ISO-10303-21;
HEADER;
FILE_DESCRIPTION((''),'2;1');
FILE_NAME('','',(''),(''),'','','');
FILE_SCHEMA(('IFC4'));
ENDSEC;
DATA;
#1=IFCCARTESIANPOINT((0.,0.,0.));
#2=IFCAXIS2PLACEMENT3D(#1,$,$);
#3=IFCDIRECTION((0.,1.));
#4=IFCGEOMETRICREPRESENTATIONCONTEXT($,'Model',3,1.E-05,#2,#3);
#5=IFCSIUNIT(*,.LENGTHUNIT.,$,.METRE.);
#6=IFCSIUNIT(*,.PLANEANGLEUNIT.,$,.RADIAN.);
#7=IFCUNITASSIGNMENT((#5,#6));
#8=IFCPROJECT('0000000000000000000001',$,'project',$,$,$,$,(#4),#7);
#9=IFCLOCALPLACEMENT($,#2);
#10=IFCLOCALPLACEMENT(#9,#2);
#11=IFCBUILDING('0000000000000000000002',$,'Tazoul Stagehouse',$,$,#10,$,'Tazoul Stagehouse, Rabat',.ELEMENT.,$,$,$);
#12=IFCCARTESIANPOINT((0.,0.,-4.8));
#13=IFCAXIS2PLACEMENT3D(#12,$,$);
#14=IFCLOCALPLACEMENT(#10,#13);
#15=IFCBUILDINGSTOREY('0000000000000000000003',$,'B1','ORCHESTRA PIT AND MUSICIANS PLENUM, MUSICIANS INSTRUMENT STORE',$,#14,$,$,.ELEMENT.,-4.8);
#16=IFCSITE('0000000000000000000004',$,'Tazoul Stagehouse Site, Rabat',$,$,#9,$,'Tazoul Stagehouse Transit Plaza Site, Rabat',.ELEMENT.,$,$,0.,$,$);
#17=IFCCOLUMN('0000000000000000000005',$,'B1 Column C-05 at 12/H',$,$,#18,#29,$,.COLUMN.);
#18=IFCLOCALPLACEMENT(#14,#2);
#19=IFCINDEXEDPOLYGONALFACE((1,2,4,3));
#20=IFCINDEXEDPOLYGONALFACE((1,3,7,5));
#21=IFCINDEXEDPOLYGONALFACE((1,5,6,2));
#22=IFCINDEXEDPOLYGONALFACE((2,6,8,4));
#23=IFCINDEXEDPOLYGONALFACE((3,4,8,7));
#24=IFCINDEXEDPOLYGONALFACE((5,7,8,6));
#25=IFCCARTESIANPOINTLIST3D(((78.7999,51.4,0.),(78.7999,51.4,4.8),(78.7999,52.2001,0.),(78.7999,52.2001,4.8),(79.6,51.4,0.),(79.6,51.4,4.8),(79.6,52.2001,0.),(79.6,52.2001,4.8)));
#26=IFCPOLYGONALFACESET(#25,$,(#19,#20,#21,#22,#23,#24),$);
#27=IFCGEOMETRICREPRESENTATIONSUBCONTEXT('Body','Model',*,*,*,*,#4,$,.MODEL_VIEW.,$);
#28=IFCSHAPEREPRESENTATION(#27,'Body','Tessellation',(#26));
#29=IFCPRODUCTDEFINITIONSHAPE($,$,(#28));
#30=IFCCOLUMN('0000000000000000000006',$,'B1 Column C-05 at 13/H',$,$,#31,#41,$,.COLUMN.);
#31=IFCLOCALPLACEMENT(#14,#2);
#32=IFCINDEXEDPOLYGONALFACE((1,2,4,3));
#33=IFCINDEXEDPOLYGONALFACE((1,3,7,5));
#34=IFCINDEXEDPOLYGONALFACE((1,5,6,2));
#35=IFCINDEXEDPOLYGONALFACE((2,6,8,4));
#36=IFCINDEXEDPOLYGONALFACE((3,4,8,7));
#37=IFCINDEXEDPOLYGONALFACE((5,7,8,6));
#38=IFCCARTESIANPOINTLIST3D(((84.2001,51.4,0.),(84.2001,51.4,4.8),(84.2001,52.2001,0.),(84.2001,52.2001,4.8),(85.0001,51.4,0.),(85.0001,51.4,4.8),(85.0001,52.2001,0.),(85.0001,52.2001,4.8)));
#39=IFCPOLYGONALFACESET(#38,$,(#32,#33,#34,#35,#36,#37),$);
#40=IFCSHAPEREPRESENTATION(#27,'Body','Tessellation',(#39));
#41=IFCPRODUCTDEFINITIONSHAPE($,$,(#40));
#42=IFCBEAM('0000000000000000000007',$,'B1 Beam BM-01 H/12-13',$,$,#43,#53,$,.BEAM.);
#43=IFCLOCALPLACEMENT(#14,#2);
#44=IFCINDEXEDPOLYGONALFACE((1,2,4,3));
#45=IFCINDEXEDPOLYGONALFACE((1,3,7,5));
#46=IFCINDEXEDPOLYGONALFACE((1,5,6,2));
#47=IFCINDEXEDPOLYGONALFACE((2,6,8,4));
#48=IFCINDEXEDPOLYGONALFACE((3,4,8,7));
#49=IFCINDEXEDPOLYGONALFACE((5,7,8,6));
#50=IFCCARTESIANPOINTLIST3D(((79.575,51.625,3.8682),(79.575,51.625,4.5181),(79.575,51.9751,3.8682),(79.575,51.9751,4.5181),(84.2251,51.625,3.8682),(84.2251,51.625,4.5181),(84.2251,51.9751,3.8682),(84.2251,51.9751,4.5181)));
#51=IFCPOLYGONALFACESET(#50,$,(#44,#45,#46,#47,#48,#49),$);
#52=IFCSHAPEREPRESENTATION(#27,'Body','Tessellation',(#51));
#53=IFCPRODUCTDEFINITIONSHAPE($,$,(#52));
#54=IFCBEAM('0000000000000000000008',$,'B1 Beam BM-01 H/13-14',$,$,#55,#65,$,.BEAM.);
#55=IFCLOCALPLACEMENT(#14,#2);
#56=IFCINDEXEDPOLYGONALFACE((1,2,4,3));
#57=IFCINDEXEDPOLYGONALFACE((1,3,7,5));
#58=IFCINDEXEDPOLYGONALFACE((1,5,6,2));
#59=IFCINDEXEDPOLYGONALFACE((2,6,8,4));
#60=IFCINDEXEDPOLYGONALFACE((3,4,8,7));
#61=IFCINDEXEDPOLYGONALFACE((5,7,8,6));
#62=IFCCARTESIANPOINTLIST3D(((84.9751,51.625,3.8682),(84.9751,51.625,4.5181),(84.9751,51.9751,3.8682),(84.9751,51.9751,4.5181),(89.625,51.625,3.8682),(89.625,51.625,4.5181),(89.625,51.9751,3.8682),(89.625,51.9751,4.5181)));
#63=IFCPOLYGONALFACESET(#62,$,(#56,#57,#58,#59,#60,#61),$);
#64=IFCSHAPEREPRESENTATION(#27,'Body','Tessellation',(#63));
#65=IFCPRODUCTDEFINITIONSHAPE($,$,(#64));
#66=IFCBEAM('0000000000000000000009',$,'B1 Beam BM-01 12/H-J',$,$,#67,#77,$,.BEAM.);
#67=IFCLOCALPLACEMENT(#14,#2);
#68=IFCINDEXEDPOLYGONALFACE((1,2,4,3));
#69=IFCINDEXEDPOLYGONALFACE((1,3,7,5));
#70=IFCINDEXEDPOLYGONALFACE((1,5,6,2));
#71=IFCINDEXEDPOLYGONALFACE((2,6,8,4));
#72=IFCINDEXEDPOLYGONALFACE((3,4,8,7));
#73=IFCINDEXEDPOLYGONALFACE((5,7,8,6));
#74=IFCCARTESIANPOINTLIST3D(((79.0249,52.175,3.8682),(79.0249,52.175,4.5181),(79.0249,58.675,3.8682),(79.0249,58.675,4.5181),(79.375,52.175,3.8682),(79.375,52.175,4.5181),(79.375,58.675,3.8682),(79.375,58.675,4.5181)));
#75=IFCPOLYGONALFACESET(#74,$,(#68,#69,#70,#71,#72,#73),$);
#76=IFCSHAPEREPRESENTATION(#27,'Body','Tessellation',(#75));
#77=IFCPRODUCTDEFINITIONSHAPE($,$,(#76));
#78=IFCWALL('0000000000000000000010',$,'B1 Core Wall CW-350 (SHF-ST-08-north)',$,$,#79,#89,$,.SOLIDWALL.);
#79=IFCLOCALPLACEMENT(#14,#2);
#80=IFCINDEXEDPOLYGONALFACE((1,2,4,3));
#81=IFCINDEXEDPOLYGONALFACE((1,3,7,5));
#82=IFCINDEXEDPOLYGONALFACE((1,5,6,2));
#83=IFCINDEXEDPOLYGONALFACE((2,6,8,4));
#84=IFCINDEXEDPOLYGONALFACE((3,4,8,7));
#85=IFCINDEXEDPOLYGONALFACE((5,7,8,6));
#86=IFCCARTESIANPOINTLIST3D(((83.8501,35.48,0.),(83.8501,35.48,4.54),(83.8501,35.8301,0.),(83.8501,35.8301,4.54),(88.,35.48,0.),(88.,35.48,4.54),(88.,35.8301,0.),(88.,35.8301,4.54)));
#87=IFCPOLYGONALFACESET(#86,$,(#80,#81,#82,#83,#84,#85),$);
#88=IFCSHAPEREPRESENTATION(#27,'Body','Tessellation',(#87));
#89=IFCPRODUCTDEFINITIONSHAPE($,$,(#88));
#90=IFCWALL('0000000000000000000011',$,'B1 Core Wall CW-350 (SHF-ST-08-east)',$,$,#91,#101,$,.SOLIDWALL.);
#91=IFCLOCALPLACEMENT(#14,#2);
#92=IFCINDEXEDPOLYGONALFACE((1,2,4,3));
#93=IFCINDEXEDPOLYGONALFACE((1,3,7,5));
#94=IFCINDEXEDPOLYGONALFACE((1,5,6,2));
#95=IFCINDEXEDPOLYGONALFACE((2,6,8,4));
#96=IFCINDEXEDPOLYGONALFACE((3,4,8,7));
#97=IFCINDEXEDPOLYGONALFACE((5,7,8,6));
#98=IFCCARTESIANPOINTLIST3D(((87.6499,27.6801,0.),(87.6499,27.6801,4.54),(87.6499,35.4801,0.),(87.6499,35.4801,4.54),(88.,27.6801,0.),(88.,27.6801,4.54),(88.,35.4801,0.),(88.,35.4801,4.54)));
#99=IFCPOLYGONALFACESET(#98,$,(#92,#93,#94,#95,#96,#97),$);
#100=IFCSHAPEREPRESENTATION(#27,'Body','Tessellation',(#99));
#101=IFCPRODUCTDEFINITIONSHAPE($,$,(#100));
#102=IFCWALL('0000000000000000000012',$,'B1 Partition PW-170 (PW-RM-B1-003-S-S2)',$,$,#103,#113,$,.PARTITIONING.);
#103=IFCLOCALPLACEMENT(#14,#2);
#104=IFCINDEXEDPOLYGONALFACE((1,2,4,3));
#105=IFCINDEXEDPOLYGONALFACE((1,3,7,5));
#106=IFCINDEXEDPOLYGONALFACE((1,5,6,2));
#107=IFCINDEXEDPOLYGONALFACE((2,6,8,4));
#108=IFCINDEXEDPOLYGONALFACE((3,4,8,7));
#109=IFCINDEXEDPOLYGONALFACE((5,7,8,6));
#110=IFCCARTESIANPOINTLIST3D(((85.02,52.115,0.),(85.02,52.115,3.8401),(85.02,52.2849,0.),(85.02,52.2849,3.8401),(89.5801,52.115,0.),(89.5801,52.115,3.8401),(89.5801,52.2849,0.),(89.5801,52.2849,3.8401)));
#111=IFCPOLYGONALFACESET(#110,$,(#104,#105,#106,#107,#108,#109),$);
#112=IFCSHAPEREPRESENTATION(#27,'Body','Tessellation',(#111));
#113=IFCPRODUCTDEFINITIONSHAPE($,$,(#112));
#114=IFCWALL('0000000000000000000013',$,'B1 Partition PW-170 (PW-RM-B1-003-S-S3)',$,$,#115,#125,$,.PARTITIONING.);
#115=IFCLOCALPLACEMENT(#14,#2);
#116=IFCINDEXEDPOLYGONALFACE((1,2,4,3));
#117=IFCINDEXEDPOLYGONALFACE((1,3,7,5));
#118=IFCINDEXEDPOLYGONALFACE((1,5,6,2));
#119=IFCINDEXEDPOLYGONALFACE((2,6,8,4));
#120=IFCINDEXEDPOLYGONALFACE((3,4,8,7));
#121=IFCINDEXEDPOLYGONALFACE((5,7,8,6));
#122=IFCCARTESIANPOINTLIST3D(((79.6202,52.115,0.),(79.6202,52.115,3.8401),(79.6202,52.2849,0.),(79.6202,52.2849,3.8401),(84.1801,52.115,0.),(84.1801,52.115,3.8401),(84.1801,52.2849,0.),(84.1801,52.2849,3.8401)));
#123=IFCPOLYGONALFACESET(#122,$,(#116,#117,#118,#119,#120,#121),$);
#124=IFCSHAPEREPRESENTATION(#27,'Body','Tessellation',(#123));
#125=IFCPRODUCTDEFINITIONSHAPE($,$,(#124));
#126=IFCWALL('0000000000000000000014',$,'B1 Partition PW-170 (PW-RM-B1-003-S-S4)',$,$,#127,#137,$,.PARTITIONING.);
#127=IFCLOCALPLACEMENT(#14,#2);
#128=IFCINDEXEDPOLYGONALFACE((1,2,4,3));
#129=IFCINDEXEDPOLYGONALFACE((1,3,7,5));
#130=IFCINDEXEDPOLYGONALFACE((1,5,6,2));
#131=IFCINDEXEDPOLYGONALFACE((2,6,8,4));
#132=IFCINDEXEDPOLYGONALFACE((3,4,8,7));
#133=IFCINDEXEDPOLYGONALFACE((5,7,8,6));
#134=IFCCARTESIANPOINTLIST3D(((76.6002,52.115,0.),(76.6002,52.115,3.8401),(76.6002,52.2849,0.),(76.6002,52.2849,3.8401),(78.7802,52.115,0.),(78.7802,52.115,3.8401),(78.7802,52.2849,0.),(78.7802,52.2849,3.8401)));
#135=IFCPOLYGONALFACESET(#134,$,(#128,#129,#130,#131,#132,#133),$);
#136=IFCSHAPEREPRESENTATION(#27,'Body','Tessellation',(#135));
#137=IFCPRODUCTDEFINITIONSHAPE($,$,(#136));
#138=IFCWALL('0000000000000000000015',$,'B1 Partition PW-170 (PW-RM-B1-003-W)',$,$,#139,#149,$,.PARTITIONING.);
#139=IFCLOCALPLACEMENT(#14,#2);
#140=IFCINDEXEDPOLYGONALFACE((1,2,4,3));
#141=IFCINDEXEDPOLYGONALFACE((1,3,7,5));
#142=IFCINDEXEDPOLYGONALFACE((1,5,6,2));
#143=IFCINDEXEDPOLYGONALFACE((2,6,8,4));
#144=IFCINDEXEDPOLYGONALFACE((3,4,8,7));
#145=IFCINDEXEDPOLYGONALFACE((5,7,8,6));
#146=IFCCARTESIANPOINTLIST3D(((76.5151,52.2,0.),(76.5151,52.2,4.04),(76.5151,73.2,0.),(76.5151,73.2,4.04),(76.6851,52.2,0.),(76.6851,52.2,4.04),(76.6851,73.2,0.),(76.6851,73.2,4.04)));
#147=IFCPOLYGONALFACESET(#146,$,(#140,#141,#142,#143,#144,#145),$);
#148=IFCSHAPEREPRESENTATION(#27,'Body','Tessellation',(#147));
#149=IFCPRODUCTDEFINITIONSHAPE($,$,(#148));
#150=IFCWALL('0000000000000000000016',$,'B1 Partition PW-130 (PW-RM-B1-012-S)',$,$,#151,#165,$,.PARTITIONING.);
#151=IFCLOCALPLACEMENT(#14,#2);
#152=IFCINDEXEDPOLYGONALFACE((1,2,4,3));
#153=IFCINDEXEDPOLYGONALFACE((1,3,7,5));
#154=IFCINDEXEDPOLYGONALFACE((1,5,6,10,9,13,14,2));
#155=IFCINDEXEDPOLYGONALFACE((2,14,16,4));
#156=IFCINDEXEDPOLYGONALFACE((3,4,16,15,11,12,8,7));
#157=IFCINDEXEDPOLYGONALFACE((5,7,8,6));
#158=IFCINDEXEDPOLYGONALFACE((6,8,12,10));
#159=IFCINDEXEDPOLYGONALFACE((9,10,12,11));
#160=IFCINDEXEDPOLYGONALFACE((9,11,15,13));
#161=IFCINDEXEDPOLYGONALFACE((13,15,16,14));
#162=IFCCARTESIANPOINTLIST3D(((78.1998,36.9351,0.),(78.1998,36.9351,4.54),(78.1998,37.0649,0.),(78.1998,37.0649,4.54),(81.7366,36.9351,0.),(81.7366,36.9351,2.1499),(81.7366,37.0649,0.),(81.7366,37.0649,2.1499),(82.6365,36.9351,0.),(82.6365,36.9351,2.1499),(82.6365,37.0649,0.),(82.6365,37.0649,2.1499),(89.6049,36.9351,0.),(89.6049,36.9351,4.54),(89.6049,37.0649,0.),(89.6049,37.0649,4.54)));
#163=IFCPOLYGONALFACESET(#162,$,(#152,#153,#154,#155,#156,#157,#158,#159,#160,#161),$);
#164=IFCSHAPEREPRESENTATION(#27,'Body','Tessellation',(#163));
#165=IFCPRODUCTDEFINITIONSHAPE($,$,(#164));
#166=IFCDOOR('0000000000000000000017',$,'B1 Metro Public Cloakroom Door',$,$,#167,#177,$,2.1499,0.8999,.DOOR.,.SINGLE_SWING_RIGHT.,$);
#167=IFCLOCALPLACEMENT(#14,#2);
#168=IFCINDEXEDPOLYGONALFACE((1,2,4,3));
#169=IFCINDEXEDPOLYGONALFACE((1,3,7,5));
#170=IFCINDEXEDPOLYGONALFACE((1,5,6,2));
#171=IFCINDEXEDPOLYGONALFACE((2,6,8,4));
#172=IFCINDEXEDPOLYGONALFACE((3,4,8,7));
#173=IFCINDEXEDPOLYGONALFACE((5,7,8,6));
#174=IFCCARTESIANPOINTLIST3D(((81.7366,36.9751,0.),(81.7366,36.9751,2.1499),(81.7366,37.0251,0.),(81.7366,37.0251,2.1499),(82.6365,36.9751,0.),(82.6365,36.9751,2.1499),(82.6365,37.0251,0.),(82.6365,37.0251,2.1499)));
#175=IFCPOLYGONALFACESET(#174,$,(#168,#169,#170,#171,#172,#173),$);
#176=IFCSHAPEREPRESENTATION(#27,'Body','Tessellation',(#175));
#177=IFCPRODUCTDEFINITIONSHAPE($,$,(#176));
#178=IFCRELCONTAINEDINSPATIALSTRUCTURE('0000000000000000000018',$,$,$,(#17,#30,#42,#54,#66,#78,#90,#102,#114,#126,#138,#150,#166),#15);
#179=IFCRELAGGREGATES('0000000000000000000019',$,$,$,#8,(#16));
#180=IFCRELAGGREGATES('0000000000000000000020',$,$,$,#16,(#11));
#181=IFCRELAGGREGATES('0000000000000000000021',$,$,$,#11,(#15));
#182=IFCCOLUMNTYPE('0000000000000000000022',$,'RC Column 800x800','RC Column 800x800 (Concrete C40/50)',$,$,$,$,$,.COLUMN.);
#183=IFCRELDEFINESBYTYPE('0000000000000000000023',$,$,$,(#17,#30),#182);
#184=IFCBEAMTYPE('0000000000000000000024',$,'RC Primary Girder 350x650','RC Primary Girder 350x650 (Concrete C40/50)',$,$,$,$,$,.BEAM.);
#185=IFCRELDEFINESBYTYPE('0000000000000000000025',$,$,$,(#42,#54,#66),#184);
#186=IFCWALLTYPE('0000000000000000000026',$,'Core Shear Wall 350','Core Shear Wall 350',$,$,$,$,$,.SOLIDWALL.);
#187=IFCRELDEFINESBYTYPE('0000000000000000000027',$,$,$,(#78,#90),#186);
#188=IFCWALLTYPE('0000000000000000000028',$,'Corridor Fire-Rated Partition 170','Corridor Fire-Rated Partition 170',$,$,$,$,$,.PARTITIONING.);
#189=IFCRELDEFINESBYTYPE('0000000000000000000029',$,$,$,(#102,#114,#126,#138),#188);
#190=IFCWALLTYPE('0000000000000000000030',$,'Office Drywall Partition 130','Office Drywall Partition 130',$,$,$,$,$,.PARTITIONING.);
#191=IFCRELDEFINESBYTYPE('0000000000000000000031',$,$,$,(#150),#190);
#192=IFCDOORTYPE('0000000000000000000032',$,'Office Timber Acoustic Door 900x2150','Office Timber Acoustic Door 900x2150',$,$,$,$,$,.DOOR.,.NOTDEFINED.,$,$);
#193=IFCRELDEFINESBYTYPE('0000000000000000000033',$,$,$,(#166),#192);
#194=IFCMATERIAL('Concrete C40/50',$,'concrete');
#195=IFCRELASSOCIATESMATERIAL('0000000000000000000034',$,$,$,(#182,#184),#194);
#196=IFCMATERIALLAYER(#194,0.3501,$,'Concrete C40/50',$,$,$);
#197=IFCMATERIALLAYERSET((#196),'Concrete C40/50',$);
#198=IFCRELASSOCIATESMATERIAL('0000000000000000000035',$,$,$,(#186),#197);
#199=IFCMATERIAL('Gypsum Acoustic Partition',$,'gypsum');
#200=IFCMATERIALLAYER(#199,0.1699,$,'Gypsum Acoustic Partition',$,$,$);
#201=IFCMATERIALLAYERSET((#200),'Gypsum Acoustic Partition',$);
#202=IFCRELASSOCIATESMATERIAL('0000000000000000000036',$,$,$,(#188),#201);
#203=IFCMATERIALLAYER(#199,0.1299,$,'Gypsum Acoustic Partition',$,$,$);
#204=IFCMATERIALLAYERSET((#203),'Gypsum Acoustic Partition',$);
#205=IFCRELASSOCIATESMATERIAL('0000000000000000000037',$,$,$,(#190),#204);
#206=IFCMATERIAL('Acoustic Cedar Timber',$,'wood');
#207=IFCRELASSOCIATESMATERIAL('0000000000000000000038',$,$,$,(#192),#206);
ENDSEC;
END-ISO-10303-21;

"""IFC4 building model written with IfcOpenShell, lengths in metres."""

from ifc_helpers import new_model, si_unit, direction, frame, frame_2d, origin, origin_2d, place, context, subcontext, project, spatial, rectangle, extrude, material, layer, layer_set, material_profile, profile_set, type_object, element, fill, save


model = new_model("IFC4")

# Units and contexts
model_context = context("Model", 3, precision=1e-05, world=origin(), true_north=direction((0.0, 1.0)))
body_context = subcontext(model_context, "Body", "Model", "MODEL_VIEW")
ifc_project = project(units=[si_unit("LENGTHUNIT", "METRE"), si_unit("PLANEANGLEUNIT", "RADIAN")], contexts=[model_context])

# Site, building, storey
site_placement = place(None, origin())
site = spatial("IfcSite", under=ifc_project, at=site_placement, Name="Tazoul Stagehouse Site, Rabat", LongName="Tazoul Stagehouse Transit Plaza Site, Rabat", CompositionType="ELEMENT", RefElevation=0.0)
building_placement = place(site_placement, origin())
building = spatial("IfcBuilding", under=site, at=building_placement, Name="Tazoul Stagehouse", LongName="Tazoul Stagehouse, Rabat", CompositionType="ELEMENT")
storey_placement = place(building_placement, frame((0.0, 0.0, -4.8)))
storey = spatial("IfcBuildingStorey", under=building, at=storey_placement, Name="B1", Description="ORCHESTRA PIT AND MUSICIANS PLENUM, MUSICIANS INSTRUMENT STORE", CompositionType="ELEMENT", Elevation=-4.8)

# Columns
ifc_material_1 = material(Name="Concrete C40/50", Category="concrete")
ifc_material_profile_1 = material_profile(ifc_material_1, rectangle(XDim=0.8, YDim=0.8, at=origin_2d()), Name="RC 800x800")
ifc_profile_set_1 = profile_set([ifc_material_profile_1], Name="Concrete C40/50")
column_type = type_object("IfcColumnType", Name="RC Column 800x800", Description="RC Column 800x800 (Concrete C40/50)", PredefinedType="COLUMN", material=ifc_profile_set_1)
for number, where, z_axis, x_axis, name in (
    (1, (79.2, 51.8, 0.0), (0.0, 0.0, 1.0), (1.0, 0.0, 0.0), "B1 Column C-05 at 12/H"),
    (2, (84.6001, 51.8, 0.0), (0.0, 0.0, 1.0), (1.0, 0.0, 0.0), "B1 Column C-05 at 13/H"),
):
    element("IfcColumn", number, at=place(storey_placement, frame(where, z_axis=z_axis, x_axis=x_axis)), inside=storey, type_object=column_type, Name=name, PredefinedType="COLUMN", context=body_context, shape_type="SweptSolid", body=[
        extrude(rectangle(XDim=0.8, YDim=0.8, at=origin_2d()), origin(), (0.0, 0.0, 1.0), 4.8),
    ])

# Beams
ifc_material_profile_2 = material_profile(ifc_material_1, rectangle(XDim=0.3501, YDim=0.6499, at=origin_2d()), Name="RC 350x650")
ifc_profile_set_2 = profile_set([ifc_material_profile_2], Name="Concrete C40/50")
beam_type = type_object("IfcBeamType", Name="RC Primary Girder 350x650", Description="RC Primary Girder 350x650 (Concrete C40/50)", PredefinedType="BEAM", material=ifc_profile_set_2)
beam_1_placement = place(storey_placement, frame((79.575, 51.8, 4.1931), z_axis=(1.0, 0.0, 0.0), x_axis=(0.0, 1.0, 0.0)))
element("IfcBeam", 3, at=beam_1_placement, inside=storey, type_object=beam_type, Name="B1 Beam BM-01 H/12-13", PredefinedType="BEAM", context=body_context, shape_type="SweptSolid", body=[
    extrude(rectangle(XDim=0.3501, YDim=0.6499, at=origin_2d()), origin(), (0.0, 0.0, 1.0), 4.6501),
])
beam_2_placement = place(storey_placement, frame((84.9751, 51.8, 4.1931), z_axis=(1.0, 0.0, 0.0), x_axis=(0.0, 1.0, 0.0)))
element("IfcBeam", 4, at=beam_2_placement, inside=storey, type_object=beam_type, Name="B1 Beam BM-01 H/13-14", PredefinedType="BEAM", context=body_context, shape_type="SweptSolid", body=[
    extrude(rectangle(XDim=0.3501, YDim=0.6499, at=origin_2d()), origin(), (0.0, 0.0, 1.0), 4.6499),
])
beam_3_placement = place(storey_placement, frame((79.2, 52.175, 4.1931), z_axis=(0.0, 1.0, 0.0), x_axis=(-1.0, 0.0, 0.0)))
element("IfcBeam", 5, at=beam_3_placement, inside=storey, type_object=beam_type, Name="B1 Beam BM-01 12/H-J", PredefinedType="BEAM", context=body_context, shape_type="SweptSolid", body=[
    extrude(rectangle(XDim=0.3501, YDim=0.6499, at=origin_2d()), origin(), (0.0, 0.0, 1.0), 6.5),
])

# Walls
ifc_layer_1 = layer(ifc_material_1, 0.3501, Name="Concrete C40/50")
ifc_layer_set_1 = layer_set([ifc_layer_1], Name="Concrete C40/50")
wall_type_1 = type_object("IfcWallType", Name="Core Shear Wall 350", Description="Core Shear Wall 350", PredefinedType="SOLIDWALL", material=ifc_layer_set_1)
wall_1_placement = place(storey_placement, frame((83.8501, 35.655, 0.0), z_axis=(0.0, 0.0, 1.0), x_axis=(1.0, 0.0, 0.0)))
element("IfcWall", 6, at=wall_1_placement, inside=storey, type_object=wall_type_1, Name="B1 Core Wall CW-350 (SHF-ST-08-north)", PredefinedType="SOLIDWALL", context=body_context, shape_type="SweptSolid", body=[
    extrude(rectangle(XDim=4.1499, YDim=0.3501, at=frame_2d((2.075, 0.0))), origin(), (0.0, 0.0, 1.0), 4.54),
])
wall_2_placement = place(storey_placement, frame((87.825, 35.48, 0.0), z_axis=(0.0, 0.0, 1.0), x_axis=(0.0, -1.0, 0.0)))
element("IfcWall", 7, at=wall_2_placement, inside=storey, type_object=wall_type_1, Name="B1 Core Wall CW-350 (SHF-ST-08-east)", PredefinedType="SOLIDWALL", context=body_context, shape_type="SweptSolid", body=[
    extrude(rectangle(XDim=7.8, YDim=0.3501, at=frame_2d((3.8999, 0.0))), origin(), (0.0, 0.0, 1.0), 4.54),
])
ifc_material_2 = material(Name="Gypsum Acoustic Partition", Category="gypsum")
ifc_layer_2 = layer(ifc_material_2, 0.1699, Name="Gypsum Acoustic Partition")
ifc_layer_set_2 = layer_set([ifc_layer_2], Name="Gypsum Acoustic Partition")
wall_type_2 = type_object("IfcWallType", Name="Corridor Fire-Rated Partition 170", Description="Corridor Fire-Rated Partition 170", PredefinedType="PARTITIONING", material=ifc_layer_set_2)
wall_3_placement = place(storey_placement, frame((89.5801, 52.2, 0.0), z_axis=(0.0, 0.0, 1.0), x_axis=(-1.0, 0.0, 0.0)))
element("IfcWall", 8, at=wall_3_placement, inside=storey, type_object=wall_type_2, Name="B1 Partition PW-170 (PW-RM-B1-003-S-S2)", PredefinedType="PARTITIONING", context=body_context, shape_type="SweptSolid", body=[
    extrude(rectangle(XDim=4.5601, YDim=0.1699, at=frame_2d((2.28, 0.0))), origin(), (0.0, 0.0, 1.0), 3.8401),
])
wall_4_placement = place(storey_placement, frame((84.1799, 52.2, 0.0), z_axis=(0.0, 0.0, 1.0), x_axis=(-1.0, 0.0, 0.0)))
element("IfcWall", 9, at=wall_4_placement, inside=storey, type_object=wall_type_2, Name="B1 Partition PW-170 (PW-RM-B1-003-S-S3)", PredefinedType="PARTITIONING", context=body_context, shape_type="SweptSolid", body=[
    extrude(rectangle(XDim=4.5598, YDim=0.1699, at=frame_2d((2.2798, 0.0))), origin(), (0.0, 0.0, 1.0), 3.8401),
])
wall_5_placement = place(storey_placement, frame((78.78, 52.2, 0.0), z_axis=(0.0, 0.0, 1.0), x_axis=(-1.0, 0.0, 0.0)))
element("IfcWall", 10, at=wall_5_placement, inside=storey, type_object=wall_type_2, Name="B1 Partition PW-170 (PW-RM-B1-003-S-S4)", PredefinedType="PARTITIONING", context=body_context, shape_type="SweptSolid", body=[
    extrude(rectangle(XDim=2.1799, YDim=0.1699, at=frame_2d((1.0898, 0.0))), origin(), (0.0, 0.0, 1.0), 3.8401),
])
wall_6_placement = place(storey_placement, frame((76.6001, 52.2, 0.0), z_axis=(0.0, 0.0, 1.0), x_axis=(0.0, 1.0, 0.0)))
element("IfcWall", 11, at=wall_6_placement, inside=storey, type_object=wall_type_2, Name="B1 Partition PW-170 (PW-RM-B1-003-W)", PredefinedType="PARTITIONING", context=body_context, shape_type="SweptSolid", body=[
    extrude(rectangle(XDim=21.0, YDim=0.1699, at=frame_2d((10.5, 0.0))), origin(), (0.0, 0.0, 1.0), 4.04),
])

# Wall, opening, door
ifc_layer_3 = layer(ifc_material_2, 0.1299, Name="Gypsum Acoustic Partition")
ifc_layer_set_3 = layer_set([ifc_layer_3], Name="Gypsum Acoustic Partition")
wall_type_3 = type_object("IfcWallType", Name="Office Drywall Partition 130", Description="Office Drywall Partition 130", PredefinedType="PARTITIONING", material=ifc_layer_set_3)
wall_7_placement = place(storey_placement, frame((89.605, 37.0, 0.0), z_axis=(0.0, 0.0, 1.0), x_axis=(-1.0, 0.0, 0.0)))
wall_7 = element("IfcWall", 12, at=wall_7_placement, inside=storey, type_object=wall_type_3, Name="B1 Partition PW-130 (PW-RM-B1-012-S)", PredefinedType="PARTITIONING", context=body_context, shape_type="SweptSolid", body=[
    extrude(rectangle(XDim=11.405, YDim=0.1299, at=frame_2d((5.7026, 0.0))), origin(), (0.0, 0.0, 1.0), 4.54),
])
opening_1_placement = place(wall_7_placement, frame((6.9685, 0.0, 0.0)))
opening_1 = element("IfcOpeningElement", 13, at=opening_1_placement, cuts=wall_7, PredefinedType="OPENING", context=body_context, shape_type="SweptSolid", body=[
    extrude(rectangle(XDim=0.8999, YDim=2.1499, at=frame_2d((0.45, 1.075))), frame((0.0, 0.085, 0.0), z_axis=(0.0, -1.0, 0.0), x_axis=(1.0, 0.0, 0.0)), (0.0, 0.0, 1.0), 0.1699),
])
ifc_material_3 = material(Name="Acoustic Cedar Timber", Category="wood")
door_type_1 = type_object("IfcDoorType", Name="Office Timber Acoustic Door 900x2150", Description="Office Timber Acoustic Door 900x2150", OperationType="NOTDEFINED", PredefinedType="DOOR", material=ifc_material_3)
door_1_placement = place(opening_1_placement, origin())
door_1 = element("IfcDoor", 14, at=door_1_placement, inside=storey, type_object=door_type_1, Name="B1 Metro Public Cloakroom Door", OperationType="SINGLE_SWING_RIGHT", OverallHeight=2.1499, OverallWidth=0.8999, PredefinedType="DOOR", context=body_context, shape_type="SweptSolid", body=[
    extrude(rectangle(XDim=0.8999, YDim=2.1499, at=frame_2d((0.45, 1.075))), frame((0.0, 0.0249, 0.0), z_axis=(0.0, -1.0, 0.0), x_axis=(1.0, 0.0, 0.0)), (0.0, 0.0, 1.0), 0.05),
])
fill(opening_1, door_1)

save(model, "model.ifc")
